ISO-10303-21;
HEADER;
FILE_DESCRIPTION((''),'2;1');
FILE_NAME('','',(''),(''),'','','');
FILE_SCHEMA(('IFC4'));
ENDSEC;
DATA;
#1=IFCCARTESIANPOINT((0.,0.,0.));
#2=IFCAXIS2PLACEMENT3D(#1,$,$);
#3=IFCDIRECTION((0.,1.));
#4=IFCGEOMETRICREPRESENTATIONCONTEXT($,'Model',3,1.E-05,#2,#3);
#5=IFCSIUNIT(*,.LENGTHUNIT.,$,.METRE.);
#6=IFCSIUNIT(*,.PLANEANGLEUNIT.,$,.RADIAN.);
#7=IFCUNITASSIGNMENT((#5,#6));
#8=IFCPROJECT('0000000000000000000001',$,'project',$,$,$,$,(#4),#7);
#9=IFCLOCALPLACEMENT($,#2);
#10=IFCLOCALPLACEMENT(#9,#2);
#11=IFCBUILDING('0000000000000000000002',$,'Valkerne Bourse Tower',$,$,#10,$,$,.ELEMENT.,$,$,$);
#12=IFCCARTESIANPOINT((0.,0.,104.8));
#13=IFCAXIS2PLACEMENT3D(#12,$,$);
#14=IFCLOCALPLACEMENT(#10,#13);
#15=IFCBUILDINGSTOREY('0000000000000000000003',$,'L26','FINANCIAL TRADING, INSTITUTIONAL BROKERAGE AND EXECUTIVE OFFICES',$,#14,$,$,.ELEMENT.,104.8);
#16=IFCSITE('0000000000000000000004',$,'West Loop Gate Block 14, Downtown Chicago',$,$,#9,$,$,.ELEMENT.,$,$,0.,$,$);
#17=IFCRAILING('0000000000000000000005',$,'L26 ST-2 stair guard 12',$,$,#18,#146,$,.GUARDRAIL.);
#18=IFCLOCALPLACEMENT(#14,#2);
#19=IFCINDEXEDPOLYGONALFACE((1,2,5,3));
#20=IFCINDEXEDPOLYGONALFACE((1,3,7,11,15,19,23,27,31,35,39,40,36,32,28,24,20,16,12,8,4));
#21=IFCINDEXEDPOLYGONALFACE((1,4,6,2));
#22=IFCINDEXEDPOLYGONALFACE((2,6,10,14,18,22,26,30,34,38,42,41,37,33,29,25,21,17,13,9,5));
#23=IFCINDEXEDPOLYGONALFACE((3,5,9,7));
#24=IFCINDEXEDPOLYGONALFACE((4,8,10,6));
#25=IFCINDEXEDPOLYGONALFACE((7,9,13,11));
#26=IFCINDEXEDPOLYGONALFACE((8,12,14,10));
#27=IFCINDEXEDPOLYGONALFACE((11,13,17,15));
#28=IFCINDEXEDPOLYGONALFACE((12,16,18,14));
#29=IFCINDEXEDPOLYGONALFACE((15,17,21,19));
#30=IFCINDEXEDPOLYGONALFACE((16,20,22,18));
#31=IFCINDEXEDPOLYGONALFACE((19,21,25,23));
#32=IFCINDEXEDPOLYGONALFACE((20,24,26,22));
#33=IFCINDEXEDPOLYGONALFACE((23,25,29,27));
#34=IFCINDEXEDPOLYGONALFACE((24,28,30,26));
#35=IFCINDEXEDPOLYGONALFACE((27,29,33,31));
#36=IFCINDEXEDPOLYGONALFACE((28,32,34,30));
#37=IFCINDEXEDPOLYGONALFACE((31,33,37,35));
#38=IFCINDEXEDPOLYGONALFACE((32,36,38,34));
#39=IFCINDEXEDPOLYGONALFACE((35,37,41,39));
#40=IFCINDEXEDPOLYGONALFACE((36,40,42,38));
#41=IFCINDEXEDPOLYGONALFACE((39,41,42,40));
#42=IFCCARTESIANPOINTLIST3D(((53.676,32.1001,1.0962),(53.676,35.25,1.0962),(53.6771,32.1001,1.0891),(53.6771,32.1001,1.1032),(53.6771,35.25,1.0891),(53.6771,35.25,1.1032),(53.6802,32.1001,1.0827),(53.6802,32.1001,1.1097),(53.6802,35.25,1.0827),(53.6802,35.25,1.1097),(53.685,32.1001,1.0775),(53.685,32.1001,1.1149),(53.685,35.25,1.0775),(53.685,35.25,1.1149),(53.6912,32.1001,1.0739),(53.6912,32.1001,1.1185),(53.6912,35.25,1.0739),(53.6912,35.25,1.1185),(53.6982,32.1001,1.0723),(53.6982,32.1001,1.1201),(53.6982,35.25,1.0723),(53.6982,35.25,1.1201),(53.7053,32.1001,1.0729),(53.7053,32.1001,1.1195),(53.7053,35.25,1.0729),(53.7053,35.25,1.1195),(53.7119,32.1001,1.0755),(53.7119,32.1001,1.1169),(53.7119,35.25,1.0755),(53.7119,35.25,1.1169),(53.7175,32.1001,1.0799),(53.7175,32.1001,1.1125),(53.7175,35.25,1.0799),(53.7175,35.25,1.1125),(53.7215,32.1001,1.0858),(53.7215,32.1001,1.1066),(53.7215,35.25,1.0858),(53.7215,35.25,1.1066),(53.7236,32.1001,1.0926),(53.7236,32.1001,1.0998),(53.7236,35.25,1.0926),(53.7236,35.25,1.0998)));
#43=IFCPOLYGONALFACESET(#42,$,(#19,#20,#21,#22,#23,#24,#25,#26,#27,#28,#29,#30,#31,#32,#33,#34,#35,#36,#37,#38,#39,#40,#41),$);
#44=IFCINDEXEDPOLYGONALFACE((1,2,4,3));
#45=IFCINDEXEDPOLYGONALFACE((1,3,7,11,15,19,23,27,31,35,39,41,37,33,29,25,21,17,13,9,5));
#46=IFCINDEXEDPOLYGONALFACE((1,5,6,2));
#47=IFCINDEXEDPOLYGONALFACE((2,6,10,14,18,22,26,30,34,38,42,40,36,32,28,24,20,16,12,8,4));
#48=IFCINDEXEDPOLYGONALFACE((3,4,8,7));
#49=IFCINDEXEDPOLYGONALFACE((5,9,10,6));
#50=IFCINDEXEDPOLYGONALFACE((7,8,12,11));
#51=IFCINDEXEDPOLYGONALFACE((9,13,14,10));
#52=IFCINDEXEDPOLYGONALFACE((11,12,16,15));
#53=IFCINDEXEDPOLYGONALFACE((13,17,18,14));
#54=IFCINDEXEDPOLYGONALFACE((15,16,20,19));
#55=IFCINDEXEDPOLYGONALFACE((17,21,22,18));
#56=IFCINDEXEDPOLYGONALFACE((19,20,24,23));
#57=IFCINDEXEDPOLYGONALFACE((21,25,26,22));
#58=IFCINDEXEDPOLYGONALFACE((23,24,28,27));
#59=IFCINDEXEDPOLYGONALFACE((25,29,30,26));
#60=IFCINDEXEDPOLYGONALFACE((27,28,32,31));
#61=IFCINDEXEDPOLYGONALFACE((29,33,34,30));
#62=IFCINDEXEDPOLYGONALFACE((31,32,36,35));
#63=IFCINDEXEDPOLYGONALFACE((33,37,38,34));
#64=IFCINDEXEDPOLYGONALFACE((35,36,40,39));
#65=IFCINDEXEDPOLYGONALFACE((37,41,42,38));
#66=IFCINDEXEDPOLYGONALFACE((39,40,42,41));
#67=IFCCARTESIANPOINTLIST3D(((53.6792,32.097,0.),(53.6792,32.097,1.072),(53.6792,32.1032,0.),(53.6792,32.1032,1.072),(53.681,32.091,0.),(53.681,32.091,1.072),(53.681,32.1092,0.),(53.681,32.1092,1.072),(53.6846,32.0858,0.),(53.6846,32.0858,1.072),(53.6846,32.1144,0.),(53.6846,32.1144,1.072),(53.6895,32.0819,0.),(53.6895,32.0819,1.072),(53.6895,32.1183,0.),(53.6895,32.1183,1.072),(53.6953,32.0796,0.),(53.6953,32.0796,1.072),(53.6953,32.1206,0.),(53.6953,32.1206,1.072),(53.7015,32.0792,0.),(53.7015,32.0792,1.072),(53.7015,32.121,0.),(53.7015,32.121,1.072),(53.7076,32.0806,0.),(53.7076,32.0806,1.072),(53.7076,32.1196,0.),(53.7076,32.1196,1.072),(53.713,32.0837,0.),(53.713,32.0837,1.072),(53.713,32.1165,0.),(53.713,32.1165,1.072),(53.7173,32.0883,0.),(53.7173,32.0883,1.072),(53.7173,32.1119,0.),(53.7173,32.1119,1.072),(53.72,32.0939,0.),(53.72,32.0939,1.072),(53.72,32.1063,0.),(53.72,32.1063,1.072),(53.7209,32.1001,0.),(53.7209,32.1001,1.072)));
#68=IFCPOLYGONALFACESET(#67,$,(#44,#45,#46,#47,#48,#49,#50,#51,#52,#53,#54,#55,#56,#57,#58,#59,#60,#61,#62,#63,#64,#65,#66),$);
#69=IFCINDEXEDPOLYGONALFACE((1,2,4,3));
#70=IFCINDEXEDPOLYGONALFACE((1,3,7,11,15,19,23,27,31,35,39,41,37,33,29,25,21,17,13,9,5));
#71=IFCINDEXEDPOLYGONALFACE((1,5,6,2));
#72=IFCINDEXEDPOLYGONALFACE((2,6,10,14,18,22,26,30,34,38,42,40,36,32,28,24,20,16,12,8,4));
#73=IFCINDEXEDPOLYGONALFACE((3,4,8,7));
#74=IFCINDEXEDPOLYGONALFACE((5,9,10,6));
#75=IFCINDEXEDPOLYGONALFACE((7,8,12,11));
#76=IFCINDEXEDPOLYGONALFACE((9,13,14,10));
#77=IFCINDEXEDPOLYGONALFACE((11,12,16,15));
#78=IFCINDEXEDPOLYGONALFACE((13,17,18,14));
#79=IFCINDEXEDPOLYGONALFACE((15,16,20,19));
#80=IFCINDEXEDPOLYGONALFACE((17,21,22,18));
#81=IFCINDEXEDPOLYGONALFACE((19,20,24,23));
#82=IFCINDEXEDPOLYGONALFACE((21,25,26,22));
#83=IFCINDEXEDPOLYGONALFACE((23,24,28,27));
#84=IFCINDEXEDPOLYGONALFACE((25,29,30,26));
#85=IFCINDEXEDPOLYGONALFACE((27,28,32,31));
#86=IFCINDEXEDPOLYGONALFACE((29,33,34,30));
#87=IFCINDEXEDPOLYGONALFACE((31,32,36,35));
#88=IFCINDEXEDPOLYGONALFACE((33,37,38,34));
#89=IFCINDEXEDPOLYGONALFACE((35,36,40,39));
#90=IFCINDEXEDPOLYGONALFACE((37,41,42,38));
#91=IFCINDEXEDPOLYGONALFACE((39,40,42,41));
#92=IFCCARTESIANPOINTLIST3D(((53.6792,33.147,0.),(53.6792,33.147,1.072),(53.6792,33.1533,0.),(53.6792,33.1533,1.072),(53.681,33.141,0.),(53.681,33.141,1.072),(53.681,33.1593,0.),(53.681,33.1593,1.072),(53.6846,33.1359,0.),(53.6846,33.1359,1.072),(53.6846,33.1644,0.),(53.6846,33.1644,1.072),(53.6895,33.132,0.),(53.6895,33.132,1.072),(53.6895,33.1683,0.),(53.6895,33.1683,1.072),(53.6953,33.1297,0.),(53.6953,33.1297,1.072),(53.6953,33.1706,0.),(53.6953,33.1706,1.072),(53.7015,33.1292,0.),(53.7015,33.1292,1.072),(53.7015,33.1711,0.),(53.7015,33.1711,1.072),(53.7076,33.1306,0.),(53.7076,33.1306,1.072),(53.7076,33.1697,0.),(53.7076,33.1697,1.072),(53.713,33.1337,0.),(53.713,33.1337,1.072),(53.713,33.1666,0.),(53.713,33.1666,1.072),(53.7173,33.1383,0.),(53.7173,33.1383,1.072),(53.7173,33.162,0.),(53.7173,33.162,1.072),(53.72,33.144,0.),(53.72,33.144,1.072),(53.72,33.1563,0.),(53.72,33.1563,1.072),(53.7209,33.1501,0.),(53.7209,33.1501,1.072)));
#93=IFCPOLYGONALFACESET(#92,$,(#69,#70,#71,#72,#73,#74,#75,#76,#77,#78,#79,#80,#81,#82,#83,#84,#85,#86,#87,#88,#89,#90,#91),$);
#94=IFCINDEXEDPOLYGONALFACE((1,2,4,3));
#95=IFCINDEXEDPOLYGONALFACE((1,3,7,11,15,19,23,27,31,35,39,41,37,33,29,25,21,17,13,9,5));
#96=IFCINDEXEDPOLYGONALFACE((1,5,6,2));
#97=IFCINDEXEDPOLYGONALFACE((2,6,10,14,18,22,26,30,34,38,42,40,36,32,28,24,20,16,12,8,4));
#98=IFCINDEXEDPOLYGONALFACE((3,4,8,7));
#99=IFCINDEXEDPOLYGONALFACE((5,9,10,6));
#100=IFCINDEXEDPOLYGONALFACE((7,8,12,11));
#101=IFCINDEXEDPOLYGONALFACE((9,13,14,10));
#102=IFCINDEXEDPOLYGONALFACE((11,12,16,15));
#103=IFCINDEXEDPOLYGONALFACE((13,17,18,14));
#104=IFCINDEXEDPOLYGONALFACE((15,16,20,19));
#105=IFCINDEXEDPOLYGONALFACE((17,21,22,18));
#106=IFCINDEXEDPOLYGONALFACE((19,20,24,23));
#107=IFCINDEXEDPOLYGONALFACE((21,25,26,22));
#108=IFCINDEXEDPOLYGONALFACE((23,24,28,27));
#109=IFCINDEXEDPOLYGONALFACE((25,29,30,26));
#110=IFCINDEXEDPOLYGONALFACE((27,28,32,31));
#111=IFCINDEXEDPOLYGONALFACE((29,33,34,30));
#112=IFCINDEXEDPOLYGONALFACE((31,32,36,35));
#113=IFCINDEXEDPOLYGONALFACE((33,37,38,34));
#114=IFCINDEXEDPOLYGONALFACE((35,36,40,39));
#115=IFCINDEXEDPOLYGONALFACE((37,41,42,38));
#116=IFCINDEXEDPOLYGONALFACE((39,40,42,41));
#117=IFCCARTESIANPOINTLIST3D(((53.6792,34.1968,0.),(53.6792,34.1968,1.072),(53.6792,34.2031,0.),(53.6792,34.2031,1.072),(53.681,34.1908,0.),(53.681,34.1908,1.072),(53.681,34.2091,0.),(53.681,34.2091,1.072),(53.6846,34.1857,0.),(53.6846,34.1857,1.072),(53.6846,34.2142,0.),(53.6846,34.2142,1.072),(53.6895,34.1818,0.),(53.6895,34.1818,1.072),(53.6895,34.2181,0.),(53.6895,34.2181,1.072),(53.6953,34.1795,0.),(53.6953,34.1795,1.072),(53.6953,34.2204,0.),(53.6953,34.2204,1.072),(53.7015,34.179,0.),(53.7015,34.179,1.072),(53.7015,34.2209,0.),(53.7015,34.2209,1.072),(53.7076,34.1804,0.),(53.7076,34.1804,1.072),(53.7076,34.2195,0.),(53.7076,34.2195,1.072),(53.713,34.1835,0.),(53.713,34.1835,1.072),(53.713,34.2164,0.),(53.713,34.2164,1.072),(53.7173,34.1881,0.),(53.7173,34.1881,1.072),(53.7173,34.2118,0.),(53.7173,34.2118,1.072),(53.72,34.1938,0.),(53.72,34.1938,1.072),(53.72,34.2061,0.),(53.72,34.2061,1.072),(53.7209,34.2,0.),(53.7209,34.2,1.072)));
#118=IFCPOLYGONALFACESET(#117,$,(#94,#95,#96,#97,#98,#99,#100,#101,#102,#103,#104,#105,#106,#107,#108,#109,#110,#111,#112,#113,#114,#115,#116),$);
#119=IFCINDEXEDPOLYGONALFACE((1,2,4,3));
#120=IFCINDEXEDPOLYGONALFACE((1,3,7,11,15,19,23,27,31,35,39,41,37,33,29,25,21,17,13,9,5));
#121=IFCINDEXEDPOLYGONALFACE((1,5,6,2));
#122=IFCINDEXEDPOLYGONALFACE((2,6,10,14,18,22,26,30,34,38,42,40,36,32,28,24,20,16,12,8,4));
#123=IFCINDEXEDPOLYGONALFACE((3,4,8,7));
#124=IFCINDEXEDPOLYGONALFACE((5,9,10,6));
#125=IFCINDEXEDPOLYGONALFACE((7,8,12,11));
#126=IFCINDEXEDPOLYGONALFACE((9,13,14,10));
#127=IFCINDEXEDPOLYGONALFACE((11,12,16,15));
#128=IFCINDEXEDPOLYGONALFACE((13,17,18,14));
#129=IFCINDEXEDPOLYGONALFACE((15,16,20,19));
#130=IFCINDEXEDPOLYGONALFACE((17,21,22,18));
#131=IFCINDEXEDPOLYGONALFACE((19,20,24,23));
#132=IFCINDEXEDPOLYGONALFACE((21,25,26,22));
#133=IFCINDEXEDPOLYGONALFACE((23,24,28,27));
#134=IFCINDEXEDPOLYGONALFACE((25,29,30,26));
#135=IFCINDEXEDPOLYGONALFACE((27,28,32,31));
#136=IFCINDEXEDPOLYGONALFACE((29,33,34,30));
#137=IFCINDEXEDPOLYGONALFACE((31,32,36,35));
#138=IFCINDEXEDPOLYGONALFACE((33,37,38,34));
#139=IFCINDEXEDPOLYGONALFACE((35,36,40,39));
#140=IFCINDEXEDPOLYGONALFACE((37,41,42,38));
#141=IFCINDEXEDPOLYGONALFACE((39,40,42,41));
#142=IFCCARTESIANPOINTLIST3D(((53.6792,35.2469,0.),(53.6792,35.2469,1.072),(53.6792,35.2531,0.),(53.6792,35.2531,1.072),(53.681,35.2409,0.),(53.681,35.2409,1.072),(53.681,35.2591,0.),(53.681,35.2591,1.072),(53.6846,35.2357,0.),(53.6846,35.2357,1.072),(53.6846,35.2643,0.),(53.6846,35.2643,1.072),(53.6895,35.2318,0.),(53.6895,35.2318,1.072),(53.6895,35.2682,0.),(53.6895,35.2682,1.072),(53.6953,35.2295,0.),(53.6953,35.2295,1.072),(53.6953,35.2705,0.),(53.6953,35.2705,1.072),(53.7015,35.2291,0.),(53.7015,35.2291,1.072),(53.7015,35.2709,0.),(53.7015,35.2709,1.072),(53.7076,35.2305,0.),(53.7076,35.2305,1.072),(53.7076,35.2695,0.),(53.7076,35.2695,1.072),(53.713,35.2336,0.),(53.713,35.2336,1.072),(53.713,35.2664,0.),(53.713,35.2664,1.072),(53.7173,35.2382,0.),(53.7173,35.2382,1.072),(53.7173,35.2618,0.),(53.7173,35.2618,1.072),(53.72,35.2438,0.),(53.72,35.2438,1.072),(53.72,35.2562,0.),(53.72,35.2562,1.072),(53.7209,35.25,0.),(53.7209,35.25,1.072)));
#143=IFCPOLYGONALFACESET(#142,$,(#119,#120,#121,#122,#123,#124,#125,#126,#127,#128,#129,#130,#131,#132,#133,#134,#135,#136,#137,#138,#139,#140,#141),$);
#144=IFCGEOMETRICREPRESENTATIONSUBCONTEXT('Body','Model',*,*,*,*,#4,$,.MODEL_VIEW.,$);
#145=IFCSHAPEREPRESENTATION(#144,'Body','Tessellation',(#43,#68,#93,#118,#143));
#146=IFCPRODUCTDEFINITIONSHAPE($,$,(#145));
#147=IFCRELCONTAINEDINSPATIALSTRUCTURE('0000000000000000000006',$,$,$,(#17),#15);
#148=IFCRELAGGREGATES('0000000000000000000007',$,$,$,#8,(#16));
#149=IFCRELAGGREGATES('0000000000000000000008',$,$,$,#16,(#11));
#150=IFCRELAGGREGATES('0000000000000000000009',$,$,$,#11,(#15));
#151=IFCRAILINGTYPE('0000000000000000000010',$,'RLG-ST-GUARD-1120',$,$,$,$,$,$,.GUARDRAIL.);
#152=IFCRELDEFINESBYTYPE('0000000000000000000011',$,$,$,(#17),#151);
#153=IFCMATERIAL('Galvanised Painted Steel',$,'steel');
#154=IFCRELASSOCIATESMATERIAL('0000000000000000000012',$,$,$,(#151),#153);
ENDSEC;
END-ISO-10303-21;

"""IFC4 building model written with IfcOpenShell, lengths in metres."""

from ifc_helpers import new_model, si_unit, direction, frame, origin, origin_2d, place, context, subcontext, project, spatial, circle, extrude, material, type_object, element, save


model = new_model("IFC4")

# Units and contexts
model_context = context("Model", 3, precision=1e-05, world=origin(), true_north=direction((0.0, 1.0)))
body_context = subcontext(model_context, "Body", "Model", "MODEL_VIEW")
ifc_project = project(units=[si_unit("LENGTHUNIT", "METRE"), si_unit("PLANEANGLEUNIT", "RADIAN")], contexts=[model_context])

# Site, building, storey
site_placement = place(None, origin())
site = spatial("IfcSite", under=ifc_project, at=site_placement, Name="West Loop Gate Block 14, Downtown Chicago", CompositionType="ELEMENT", RefElevation=0.0)
building_placement = place(site_placement, origin())
building = spatial("IfcBuilding", under=site, at=building_placement, Name="Valkerne Bourse Tower", CompositionType="ELEMENT")
storey_placement = place(building_placement, frame((0.0, 0.0, 104.8)))
storey = spatial("IfcBuildingStorey", under=building, at=storey_placement, Name="L26", Description="FINANCIAL TRADING, INSTITUTIONAL BROKERAGE AND EXECUTIVE OFFICES", CompositionType="ELEMENT", Elevation=104.8)

# Railing
ifc_material_1 = material(Name="Galvanised Painted Steel", Category="steel")
railing_type_1 = type_object("IfcRailingType", Name="RLG-ST-GUARD-1120", PredefinedType="GUARDRAIL", material=ifc_material_1)
railing_1_placement = place(storey_placement, frame((53.7, 32.1001, 0.0)))
element("IfcRailing", 1, at=railing_1_placement, inside=storey, type_object=railing_type_1, Name="L26 ST-2 stair guard 12", PredefinedType="GUARDRAIL", context=body_context, shape_type="SweptSolid", body=[
    extrude(circle(Radius=0.0239, at=origin_2d()), frame((0.0, 0.0, 1.0962), z_axis=(0.0, 1.0, 0.0), x_axis=(-1.0, 0.0, 0.0)), (0.0, 0.0, 1.0), 3.1499),
    extrude(circle(Radius=0.021, at=origin_2d()), origin(), (0.0, 0.0, 1.0), 1.072),
    extrude(circle(Radius=0.021, at=origin_2d()), frame((0.0, 1.05, 0.0)), (0.0, 0.0, 1.0), 1.072),
    extrude(circle(Radius=0.021, at=origin_2d()), frame((0.0, 2.0999, 0.0)), (0.0, 0.0, 1.0), 1.072),
    extrude(circle(Radius=0.021, at=origin_2d()), frame((0.0, 3.1499, 0.0)), (0.0, 0.0, 1.0), 1.072),
])

save(model, "model.ifc")
